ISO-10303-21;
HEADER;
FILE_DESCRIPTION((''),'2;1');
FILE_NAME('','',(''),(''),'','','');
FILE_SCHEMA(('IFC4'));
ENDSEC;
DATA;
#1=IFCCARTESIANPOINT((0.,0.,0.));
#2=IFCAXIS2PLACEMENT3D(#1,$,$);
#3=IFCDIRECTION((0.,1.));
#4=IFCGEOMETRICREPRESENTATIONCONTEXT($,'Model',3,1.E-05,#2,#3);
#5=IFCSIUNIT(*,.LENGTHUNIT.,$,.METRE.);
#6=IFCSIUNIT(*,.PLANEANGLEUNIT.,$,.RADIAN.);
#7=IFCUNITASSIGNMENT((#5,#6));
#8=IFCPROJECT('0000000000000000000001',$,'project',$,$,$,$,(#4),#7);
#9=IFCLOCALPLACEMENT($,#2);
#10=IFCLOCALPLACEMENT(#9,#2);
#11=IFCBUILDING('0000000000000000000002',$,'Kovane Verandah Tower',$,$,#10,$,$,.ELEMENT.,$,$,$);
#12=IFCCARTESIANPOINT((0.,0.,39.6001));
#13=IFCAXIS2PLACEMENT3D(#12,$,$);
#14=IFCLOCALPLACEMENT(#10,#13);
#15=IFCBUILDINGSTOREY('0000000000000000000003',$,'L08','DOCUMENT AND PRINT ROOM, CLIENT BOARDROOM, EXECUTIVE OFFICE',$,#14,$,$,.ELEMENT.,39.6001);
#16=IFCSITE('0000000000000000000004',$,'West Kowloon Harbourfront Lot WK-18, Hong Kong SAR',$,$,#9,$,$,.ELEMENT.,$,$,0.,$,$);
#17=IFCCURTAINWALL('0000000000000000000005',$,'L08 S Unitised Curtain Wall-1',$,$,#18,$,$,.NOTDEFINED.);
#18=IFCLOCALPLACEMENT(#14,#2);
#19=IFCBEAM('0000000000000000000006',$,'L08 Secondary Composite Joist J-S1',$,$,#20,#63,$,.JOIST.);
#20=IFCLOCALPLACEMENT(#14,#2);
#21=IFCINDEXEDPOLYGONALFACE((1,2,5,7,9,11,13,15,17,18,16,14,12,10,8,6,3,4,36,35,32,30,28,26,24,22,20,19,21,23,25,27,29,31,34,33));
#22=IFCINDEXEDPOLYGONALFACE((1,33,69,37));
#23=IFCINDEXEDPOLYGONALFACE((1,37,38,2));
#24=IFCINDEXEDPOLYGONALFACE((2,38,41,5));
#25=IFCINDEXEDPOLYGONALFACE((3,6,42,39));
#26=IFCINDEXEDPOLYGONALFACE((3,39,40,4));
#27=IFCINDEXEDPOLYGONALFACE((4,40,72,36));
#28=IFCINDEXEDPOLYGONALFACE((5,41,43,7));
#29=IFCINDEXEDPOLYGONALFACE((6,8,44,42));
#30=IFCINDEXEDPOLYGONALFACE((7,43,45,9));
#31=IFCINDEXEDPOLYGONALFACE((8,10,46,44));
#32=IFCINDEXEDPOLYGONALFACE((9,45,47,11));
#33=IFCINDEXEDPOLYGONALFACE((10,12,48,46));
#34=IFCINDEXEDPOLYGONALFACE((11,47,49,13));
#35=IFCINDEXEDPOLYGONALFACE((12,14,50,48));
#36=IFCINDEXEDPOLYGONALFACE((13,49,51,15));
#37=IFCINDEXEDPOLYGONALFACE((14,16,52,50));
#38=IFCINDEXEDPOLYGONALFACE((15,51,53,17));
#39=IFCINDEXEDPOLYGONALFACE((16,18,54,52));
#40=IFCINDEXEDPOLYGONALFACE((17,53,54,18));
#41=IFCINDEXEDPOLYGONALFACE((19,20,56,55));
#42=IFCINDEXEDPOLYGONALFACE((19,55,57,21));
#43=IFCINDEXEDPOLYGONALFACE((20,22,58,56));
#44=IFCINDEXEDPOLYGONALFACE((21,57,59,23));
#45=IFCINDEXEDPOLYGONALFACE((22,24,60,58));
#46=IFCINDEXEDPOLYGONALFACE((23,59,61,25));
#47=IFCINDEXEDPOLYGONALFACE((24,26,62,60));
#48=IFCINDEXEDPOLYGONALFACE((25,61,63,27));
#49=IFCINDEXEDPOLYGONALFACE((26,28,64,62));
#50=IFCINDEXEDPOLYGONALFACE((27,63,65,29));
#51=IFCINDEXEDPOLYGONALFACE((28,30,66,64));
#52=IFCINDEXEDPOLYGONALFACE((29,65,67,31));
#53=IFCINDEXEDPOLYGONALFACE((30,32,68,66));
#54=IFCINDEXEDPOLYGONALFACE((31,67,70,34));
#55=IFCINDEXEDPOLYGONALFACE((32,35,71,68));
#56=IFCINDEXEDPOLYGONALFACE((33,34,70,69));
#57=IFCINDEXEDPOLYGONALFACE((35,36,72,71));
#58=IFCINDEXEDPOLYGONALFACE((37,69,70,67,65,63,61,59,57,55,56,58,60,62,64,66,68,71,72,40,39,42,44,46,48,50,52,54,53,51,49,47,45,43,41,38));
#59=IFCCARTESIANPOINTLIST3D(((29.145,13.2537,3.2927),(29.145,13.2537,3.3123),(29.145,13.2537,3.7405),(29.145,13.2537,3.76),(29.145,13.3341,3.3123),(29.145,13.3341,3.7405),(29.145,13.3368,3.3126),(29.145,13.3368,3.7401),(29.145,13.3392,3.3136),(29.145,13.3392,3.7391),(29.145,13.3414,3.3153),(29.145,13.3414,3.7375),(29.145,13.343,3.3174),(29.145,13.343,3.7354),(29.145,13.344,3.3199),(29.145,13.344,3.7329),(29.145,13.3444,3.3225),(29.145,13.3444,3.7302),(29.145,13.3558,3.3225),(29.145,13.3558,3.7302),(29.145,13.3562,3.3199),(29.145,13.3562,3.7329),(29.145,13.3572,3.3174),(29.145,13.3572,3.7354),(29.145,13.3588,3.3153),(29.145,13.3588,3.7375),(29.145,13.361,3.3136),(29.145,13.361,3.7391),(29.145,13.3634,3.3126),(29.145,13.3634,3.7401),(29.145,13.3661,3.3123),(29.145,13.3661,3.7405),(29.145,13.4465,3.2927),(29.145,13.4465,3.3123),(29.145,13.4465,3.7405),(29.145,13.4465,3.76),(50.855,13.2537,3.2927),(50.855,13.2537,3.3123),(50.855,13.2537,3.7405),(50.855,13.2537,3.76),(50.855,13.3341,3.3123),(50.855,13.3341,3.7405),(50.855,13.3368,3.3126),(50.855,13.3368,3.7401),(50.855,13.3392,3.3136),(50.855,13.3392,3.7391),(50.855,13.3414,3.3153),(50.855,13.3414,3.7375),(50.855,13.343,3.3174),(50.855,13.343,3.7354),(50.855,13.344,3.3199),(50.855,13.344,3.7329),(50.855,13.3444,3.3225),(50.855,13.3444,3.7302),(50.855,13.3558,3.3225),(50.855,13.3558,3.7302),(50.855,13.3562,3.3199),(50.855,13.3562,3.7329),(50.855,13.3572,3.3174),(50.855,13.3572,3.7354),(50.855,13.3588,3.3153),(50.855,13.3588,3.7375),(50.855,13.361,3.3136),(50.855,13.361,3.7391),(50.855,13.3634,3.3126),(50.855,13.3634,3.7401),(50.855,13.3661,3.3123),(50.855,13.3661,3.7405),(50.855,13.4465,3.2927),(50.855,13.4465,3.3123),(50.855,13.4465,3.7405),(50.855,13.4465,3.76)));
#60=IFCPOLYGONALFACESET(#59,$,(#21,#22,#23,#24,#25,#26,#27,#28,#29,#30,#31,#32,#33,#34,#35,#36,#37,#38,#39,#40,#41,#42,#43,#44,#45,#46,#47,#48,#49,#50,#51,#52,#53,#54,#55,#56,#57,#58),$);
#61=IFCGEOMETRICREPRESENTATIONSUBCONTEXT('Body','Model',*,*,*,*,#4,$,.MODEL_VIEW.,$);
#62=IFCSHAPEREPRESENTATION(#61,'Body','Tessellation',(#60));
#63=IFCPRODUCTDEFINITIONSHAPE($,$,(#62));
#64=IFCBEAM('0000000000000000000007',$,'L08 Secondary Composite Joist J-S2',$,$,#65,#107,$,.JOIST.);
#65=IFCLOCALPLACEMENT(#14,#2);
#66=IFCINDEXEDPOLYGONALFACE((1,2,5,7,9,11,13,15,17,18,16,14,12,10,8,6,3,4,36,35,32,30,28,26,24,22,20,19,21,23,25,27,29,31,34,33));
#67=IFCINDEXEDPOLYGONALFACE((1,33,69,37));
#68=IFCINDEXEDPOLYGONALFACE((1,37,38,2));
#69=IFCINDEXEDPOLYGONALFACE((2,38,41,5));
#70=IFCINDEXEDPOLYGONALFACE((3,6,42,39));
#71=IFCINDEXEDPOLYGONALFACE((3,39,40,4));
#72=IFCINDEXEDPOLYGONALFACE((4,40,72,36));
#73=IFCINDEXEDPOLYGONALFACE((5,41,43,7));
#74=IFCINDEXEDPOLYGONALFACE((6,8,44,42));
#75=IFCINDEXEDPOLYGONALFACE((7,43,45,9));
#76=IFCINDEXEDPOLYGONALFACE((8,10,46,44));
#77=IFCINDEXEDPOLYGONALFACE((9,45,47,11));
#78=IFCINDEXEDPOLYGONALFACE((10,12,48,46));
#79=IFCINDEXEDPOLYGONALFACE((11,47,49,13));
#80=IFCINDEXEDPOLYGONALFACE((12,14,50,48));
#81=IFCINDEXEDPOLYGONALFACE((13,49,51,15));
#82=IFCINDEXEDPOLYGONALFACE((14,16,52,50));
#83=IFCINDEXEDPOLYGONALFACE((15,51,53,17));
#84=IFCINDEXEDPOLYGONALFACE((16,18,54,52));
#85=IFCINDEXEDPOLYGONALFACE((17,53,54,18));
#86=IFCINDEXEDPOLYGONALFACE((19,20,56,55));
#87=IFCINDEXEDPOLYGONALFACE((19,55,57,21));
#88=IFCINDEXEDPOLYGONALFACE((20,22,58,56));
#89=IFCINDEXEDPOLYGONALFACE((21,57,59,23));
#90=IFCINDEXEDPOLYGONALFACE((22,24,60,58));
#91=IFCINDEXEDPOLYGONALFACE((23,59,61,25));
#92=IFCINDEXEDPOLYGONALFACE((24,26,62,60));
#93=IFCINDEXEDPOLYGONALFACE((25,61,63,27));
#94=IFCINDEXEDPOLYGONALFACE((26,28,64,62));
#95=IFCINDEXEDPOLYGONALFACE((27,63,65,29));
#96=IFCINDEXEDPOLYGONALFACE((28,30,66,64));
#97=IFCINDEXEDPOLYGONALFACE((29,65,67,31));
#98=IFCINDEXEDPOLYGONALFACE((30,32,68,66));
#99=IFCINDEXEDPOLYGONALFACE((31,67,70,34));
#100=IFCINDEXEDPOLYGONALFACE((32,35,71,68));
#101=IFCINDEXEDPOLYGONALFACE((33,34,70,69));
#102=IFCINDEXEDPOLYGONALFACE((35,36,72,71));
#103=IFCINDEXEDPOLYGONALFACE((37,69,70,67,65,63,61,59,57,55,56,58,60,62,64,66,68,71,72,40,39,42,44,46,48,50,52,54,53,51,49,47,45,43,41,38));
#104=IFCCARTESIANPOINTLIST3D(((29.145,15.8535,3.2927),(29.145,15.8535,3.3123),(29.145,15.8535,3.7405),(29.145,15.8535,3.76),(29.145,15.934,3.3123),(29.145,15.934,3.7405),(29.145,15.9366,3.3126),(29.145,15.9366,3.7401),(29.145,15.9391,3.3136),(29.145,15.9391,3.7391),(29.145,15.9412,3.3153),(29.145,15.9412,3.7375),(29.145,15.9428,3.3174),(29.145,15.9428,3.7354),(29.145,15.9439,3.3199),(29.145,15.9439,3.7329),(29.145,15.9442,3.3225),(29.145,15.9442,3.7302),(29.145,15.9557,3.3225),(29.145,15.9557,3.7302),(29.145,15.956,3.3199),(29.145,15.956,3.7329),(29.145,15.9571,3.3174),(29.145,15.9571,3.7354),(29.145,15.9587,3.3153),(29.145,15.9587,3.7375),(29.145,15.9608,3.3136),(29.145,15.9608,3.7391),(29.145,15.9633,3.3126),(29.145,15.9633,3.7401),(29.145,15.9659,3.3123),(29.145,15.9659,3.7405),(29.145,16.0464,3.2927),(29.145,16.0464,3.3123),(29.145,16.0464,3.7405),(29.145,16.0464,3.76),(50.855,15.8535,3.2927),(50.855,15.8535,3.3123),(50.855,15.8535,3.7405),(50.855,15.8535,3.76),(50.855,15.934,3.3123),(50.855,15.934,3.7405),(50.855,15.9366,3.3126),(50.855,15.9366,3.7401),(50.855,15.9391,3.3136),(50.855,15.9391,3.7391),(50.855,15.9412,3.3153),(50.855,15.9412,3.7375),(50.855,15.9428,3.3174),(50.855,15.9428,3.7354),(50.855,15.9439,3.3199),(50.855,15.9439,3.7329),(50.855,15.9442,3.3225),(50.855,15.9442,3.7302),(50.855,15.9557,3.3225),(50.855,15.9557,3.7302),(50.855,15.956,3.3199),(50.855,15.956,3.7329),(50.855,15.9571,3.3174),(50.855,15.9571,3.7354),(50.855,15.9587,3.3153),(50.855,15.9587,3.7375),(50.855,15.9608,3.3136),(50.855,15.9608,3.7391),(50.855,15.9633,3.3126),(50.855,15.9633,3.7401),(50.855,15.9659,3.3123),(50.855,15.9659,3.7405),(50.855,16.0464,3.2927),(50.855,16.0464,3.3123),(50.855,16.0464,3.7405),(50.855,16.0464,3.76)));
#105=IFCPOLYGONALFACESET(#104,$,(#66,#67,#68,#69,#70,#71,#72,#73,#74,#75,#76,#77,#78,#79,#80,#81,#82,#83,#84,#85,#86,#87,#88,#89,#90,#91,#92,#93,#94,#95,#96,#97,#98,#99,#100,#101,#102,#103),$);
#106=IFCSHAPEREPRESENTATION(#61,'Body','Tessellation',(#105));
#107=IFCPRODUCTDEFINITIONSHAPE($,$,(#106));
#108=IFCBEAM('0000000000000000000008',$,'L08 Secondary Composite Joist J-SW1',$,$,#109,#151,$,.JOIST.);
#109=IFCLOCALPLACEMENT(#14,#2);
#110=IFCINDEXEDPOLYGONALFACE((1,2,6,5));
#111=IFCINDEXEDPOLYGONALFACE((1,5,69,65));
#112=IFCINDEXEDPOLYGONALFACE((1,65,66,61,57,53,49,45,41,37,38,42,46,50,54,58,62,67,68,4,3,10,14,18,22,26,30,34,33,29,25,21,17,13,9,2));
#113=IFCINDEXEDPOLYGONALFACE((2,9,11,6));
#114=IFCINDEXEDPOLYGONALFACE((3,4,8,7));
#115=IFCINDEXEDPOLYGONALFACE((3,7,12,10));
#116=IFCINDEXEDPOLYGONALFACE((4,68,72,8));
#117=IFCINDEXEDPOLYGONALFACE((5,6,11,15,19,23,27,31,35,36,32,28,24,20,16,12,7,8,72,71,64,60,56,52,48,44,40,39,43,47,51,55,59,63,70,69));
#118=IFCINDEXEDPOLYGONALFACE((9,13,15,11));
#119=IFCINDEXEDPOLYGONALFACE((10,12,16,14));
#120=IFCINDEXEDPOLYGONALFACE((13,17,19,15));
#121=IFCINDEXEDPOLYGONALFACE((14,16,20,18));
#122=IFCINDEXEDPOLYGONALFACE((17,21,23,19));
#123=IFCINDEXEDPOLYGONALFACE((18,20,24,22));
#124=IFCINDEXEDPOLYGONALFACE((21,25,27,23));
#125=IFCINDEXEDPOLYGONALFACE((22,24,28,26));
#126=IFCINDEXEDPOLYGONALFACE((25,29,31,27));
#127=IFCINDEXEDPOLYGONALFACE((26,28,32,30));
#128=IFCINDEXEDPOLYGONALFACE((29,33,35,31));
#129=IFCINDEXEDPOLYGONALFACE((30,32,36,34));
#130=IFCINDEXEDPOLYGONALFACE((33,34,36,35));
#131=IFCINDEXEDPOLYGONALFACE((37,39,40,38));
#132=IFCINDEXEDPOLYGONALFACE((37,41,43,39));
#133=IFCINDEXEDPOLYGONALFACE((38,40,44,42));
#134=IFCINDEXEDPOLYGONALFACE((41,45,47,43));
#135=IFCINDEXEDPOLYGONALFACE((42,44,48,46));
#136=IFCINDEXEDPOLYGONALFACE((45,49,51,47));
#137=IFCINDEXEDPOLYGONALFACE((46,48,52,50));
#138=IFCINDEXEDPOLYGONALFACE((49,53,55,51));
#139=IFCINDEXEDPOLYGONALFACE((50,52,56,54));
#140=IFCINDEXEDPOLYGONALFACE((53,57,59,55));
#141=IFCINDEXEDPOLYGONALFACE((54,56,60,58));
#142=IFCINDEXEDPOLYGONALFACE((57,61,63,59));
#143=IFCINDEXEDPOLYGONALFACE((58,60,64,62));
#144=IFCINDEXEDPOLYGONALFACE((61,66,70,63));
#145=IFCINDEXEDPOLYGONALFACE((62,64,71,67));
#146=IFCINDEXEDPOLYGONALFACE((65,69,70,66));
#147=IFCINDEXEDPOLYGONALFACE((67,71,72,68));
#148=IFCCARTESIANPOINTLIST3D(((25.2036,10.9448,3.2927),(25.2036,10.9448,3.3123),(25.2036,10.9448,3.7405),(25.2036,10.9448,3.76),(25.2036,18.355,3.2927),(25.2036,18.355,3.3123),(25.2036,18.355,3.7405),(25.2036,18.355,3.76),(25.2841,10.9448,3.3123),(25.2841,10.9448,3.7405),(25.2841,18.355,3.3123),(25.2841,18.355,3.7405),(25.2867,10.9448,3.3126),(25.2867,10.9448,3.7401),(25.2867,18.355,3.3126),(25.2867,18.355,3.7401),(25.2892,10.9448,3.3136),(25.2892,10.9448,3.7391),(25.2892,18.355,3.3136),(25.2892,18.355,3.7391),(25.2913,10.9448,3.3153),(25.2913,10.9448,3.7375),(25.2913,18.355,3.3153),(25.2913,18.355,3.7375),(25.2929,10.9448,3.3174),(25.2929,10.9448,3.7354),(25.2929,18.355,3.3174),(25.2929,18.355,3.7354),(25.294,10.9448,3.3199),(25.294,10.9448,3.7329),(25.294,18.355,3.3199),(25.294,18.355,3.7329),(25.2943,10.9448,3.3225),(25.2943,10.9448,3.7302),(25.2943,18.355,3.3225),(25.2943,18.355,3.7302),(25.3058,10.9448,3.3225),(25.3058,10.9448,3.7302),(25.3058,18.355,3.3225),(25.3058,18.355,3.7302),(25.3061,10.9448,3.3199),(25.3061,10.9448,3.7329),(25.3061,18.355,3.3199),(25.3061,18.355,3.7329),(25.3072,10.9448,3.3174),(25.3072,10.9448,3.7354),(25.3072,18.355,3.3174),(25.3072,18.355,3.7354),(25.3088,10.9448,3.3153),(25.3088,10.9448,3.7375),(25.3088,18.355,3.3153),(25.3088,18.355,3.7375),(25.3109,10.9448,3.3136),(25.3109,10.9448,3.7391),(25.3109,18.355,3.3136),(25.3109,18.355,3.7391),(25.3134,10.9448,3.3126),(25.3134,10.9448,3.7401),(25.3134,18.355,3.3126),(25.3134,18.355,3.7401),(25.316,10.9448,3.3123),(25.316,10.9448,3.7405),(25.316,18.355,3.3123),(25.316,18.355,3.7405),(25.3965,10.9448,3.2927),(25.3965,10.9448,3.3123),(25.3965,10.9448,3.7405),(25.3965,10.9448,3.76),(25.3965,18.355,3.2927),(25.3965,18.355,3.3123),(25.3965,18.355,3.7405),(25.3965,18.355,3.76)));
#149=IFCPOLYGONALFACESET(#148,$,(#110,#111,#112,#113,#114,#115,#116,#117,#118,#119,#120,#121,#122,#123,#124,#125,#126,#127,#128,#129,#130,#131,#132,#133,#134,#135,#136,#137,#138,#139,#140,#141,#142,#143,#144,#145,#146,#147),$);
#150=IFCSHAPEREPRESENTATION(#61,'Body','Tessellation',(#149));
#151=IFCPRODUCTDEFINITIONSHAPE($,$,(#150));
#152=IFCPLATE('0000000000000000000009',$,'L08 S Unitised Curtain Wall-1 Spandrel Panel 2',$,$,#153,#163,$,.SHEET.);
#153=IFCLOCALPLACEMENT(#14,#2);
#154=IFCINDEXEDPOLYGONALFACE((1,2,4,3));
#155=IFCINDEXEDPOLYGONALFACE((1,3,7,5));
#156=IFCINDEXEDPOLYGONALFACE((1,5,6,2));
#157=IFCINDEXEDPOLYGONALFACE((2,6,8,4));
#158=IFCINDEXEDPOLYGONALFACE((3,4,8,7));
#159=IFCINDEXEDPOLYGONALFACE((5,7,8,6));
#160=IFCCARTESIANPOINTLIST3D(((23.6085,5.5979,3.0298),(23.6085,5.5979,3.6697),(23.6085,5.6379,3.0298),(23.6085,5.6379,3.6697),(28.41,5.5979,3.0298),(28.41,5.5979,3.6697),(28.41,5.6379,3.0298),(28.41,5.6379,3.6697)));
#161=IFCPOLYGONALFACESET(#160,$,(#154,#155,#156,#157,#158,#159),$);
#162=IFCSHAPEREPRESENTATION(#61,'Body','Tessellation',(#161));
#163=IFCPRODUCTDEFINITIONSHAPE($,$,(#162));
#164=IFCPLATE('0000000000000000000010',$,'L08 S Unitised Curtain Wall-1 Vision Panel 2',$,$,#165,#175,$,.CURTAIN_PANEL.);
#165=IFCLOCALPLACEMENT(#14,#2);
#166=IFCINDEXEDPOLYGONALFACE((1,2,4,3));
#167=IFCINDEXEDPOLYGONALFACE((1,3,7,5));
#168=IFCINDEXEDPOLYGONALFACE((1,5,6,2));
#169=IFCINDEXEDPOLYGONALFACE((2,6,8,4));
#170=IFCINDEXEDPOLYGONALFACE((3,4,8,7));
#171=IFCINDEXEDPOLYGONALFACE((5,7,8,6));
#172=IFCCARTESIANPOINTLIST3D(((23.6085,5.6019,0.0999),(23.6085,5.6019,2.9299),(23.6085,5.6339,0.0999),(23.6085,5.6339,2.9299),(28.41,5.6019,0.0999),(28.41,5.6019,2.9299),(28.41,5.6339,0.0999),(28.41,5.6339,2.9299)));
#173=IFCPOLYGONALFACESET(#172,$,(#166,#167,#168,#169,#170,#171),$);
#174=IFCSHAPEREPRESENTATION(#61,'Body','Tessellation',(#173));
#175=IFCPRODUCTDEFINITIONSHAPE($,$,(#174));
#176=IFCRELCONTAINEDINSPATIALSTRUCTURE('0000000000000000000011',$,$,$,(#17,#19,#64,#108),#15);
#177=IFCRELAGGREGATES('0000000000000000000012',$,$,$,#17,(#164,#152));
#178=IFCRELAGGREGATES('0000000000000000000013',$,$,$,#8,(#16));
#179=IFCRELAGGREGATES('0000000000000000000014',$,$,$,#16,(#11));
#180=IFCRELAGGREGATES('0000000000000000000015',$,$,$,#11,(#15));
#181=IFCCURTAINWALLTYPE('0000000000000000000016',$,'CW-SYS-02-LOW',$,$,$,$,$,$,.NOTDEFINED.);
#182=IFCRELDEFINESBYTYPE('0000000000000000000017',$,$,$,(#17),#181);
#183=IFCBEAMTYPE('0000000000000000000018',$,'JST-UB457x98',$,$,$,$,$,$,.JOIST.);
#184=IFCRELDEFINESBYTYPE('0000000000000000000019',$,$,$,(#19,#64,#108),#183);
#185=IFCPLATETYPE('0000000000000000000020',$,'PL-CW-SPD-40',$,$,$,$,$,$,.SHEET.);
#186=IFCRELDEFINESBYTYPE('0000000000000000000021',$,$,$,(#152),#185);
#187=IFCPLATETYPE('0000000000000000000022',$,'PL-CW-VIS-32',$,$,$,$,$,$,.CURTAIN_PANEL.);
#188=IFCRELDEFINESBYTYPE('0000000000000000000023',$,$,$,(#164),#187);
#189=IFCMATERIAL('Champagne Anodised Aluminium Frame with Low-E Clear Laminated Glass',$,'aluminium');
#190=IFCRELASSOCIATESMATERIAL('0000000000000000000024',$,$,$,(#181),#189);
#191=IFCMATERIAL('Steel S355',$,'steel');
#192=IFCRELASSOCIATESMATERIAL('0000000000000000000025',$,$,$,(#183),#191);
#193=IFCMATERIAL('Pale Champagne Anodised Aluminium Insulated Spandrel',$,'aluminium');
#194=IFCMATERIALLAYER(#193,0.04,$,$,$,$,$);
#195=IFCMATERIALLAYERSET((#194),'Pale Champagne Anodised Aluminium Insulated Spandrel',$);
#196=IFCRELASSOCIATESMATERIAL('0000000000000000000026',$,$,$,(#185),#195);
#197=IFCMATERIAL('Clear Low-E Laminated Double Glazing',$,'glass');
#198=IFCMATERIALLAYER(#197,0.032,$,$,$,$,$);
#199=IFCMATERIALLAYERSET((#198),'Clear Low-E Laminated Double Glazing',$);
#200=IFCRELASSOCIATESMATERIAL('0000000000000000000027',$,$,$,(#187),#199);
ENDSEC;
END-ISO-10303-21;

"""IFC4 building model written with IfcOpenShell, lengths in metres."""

from ifc_helpers import new_model, si_unit, direction, frame, origin, origin_2d, place, context, subcontext, project, spatial, rectangle, i_section, extrude, material, layer, layer_set, material_profile, profile_set, type_object, element, aggregate, save


model = new_model("IFC4")

# Units and contexts
model_context = context("Model", 3, precision=1e-05, world=origin(), true_north=direction((0.0, 1.0)))
body_context = subcontext(model_context, "Body", "Model", "MODEL_VIEW")
ifc_project = project(units=[si_unit("LENGTHUNIT", "METRE"), si_unit("PLANEANGLEUNIT", "RADIAN")], contexts=[model_context])

# Site, building, storey
site_placement = place(None, origin())
site = spatial("IfcSite", under=ifc_project, at=site_placement, Name="West Kowloon Harbourfront Lot WK-18, Hong Kong SAR", CompositionType="ELEMENT", RefElevation=0.0)
building_placement = place(site_placement, origin())
building = spatial("IfcBuilding", under=site, at=building_placement, Name="Kovane Verandah Tower", CompositionType="ELEMENT")
storey_placement = place(building_placement, frame((0.0, 0.0, 39.6001)))
storey = spatial("IfcBuildingStorey", under=building, at=storey_placement, Name="L08", Description="DOCUMENT AND PRINT ROOM, CLIENT BOARDROOM, EXECUTIVE OFFICE", CompositionType="ELEMENT", Elevation=39.6001)

# Shared definitions
ifc_material_1 = material(Name="Steel S355", Category="steel")

# Curtain wall
ifc_material_2 = material(Name="Champagne Anodised Aluminium Frame with Low-E Clear Laminated Glass", Category="aluminium")
curtain_wall_type = type_object("IfcCurtainWallType", Name="CW-SYS-02-LOW", PredefinedType="NOTDEFINED", material=ifc_material_2)
curtain_wall_1_placement = place(storey_placement, origin())
curtain_wall_1 = element("IfcCurtainWall", 1, at=curtain_wall_1_placement, inside=storey, type_object=curtain_wall_type, Name="L08 S Unitised Curtain Wall-1", PredefinedType="NOTDEFINED")

# Beams
ifc_material_profile_1 = material_profile(ifc_material_1, i_section(OverallWidth=0.1929, OverallDepth=0.4673, WebThickness=0.0115, FlangeThickness=0.0195, FilletRadius=0.0103, at=origin_2d()), Name="UB457x191x98")
ifc_profile_set_1 = profile_set([ifc_material_profile_1], Name="Steel S355")
beam_type_1 = type_object("IfcBeamType", Name="JST-UB457x98", PredefinedType="JOIST", material=ifc_profile_set_1)
for number, where, z_axis, x_axis, name in (
    (2, (29.145, 13.3501, 3.5264), (1.0, 0.0, 0.0), (0.0, 1.0, 0.0), "L08 Secondary Composite Joist J-S1"),
    (3, (29.145, 15.95, 3.5264), (1.0, 0.0, 0.0), (0.0, 1.0, 0.0), "L08 Secondary Composite Joist J-S2"),
):
    element("IfcBeam", number, at=place(storey_placement, frame(where, z_axis=z_axis, x_axis=x_axis)), inside=storey, type_object=beam_type_1, Name=name, PredefinedType="JOIST", context=body_context, shape_type="SweptSolid", body=[
        extrude(i_section(OverallWidth=0.1929, OverallDepth=0.4673, WebThickness=0.0115, FlangeThickness=0.0195, FilletRadius=0.0103, at=origin_2d()), origin(), (0.0, 0.0, 1.0), 21.71),
    ])
beam_1_placement = place(storey_placement, frame((25.3, 10.9448, 3.5264), z_axis=(0.0, 1.0, 0.0), x_axis=(-1.0, 0.0, 0.0)))
element("IfcBeam", 4, at=beam_1_placement, inside=storey, type_object=beam_type_1, Name="L08 Secondary Composite Joist J-SW1", PredefinedType="JOIST", context=body_context, shape_type="SweptSolid", body=[
    extrude(i_section(OverallWidth=0.1929, OverallDepth=0.4673, WebThickness=0.0115, FlangeThickness=0.0195, FilletRadius=0.0103, at=origin_2d()), origin(), (0.0, 0.0, 1.0), 7.4102),
])

# Plates
ifc_material_3 = material(Name="Pale Champagne Anodised Aluminium Insulated Spandrel", Category="aluminium")
ifc_layer_1 = layer(ifc_material_3, 0.04)
ifc_layer_set_1 = layer_set([ifc_layer_1], Name="Pale Champagne Anodised Aluminium Insulated Spandrel")
plate_type_1 = type_object("IfcPlateType", Name="PL-CW-SPD-40", PredefinedType="SHEET", material=ifc_layer_set_1)
plate_1_placement = place(storey_placement, frame((26.0093, 5.6179, 3.0298), z_axis=(0.0, 0.0, 1.0), x_axis=(1.0, 0.0, 0.0)))
plate_1 = element("IfcPlate", 5, at=plate_1_placement, type_object=plate_type_1, Name="L08 S Unitised Curtain Wall-1 Spandrel Panel 2", PredefinedType="SHEET", context=body_context, shape_type="SweptSolid", body=[
    extrude(rectangle(XDim=4.8015, YDim=0.04, at=origin_2d()), origin(), (0.0, 0.0, 1.0), 0.6399),
])
ifc_material_4 = material(Name="Clear Low-E Laminated Double Glazing", Category="glass")
ifc_layer_2 = layer(ifc_material_4, 0.032)
ifc_layer_set_2 = layer_set([ifc_layer_2], Name="Clear Low-E Laminated Double Glazing")
plate_type_2 = type_object("IfcPlateType", Name="PL-CW-VIS-32", PredefinedType="CURTAIN_PANEL", material=ifc_layer_set_2)
plate_2_placement = place(storey_placement, frame((26.0093, 5.6179, 0.0999), z_axis=(0.0, 0.0, 1.0), x_axis=(1.0, 0.0, 0.0)))
plate_2 = element("IfcPlate", 6, at=plate_2_placement, type_object=plate_type_2, Name="L08 S Unitised Curtain Wall-1 Vision Panel 2", PredefinedType="CURTAIN_PANEL", context=body_context, shape_type="SweptSolid", body=[
    extrude(rectangle(XDim=4.8015, YDim=0.032, at=origin_2d()), origin(), (0.0, 0.0, 1.0), 2.8301),
])
aggregate(curtain_wall_1, [plate_2, plate_1])

save(model, "model.ifc")
